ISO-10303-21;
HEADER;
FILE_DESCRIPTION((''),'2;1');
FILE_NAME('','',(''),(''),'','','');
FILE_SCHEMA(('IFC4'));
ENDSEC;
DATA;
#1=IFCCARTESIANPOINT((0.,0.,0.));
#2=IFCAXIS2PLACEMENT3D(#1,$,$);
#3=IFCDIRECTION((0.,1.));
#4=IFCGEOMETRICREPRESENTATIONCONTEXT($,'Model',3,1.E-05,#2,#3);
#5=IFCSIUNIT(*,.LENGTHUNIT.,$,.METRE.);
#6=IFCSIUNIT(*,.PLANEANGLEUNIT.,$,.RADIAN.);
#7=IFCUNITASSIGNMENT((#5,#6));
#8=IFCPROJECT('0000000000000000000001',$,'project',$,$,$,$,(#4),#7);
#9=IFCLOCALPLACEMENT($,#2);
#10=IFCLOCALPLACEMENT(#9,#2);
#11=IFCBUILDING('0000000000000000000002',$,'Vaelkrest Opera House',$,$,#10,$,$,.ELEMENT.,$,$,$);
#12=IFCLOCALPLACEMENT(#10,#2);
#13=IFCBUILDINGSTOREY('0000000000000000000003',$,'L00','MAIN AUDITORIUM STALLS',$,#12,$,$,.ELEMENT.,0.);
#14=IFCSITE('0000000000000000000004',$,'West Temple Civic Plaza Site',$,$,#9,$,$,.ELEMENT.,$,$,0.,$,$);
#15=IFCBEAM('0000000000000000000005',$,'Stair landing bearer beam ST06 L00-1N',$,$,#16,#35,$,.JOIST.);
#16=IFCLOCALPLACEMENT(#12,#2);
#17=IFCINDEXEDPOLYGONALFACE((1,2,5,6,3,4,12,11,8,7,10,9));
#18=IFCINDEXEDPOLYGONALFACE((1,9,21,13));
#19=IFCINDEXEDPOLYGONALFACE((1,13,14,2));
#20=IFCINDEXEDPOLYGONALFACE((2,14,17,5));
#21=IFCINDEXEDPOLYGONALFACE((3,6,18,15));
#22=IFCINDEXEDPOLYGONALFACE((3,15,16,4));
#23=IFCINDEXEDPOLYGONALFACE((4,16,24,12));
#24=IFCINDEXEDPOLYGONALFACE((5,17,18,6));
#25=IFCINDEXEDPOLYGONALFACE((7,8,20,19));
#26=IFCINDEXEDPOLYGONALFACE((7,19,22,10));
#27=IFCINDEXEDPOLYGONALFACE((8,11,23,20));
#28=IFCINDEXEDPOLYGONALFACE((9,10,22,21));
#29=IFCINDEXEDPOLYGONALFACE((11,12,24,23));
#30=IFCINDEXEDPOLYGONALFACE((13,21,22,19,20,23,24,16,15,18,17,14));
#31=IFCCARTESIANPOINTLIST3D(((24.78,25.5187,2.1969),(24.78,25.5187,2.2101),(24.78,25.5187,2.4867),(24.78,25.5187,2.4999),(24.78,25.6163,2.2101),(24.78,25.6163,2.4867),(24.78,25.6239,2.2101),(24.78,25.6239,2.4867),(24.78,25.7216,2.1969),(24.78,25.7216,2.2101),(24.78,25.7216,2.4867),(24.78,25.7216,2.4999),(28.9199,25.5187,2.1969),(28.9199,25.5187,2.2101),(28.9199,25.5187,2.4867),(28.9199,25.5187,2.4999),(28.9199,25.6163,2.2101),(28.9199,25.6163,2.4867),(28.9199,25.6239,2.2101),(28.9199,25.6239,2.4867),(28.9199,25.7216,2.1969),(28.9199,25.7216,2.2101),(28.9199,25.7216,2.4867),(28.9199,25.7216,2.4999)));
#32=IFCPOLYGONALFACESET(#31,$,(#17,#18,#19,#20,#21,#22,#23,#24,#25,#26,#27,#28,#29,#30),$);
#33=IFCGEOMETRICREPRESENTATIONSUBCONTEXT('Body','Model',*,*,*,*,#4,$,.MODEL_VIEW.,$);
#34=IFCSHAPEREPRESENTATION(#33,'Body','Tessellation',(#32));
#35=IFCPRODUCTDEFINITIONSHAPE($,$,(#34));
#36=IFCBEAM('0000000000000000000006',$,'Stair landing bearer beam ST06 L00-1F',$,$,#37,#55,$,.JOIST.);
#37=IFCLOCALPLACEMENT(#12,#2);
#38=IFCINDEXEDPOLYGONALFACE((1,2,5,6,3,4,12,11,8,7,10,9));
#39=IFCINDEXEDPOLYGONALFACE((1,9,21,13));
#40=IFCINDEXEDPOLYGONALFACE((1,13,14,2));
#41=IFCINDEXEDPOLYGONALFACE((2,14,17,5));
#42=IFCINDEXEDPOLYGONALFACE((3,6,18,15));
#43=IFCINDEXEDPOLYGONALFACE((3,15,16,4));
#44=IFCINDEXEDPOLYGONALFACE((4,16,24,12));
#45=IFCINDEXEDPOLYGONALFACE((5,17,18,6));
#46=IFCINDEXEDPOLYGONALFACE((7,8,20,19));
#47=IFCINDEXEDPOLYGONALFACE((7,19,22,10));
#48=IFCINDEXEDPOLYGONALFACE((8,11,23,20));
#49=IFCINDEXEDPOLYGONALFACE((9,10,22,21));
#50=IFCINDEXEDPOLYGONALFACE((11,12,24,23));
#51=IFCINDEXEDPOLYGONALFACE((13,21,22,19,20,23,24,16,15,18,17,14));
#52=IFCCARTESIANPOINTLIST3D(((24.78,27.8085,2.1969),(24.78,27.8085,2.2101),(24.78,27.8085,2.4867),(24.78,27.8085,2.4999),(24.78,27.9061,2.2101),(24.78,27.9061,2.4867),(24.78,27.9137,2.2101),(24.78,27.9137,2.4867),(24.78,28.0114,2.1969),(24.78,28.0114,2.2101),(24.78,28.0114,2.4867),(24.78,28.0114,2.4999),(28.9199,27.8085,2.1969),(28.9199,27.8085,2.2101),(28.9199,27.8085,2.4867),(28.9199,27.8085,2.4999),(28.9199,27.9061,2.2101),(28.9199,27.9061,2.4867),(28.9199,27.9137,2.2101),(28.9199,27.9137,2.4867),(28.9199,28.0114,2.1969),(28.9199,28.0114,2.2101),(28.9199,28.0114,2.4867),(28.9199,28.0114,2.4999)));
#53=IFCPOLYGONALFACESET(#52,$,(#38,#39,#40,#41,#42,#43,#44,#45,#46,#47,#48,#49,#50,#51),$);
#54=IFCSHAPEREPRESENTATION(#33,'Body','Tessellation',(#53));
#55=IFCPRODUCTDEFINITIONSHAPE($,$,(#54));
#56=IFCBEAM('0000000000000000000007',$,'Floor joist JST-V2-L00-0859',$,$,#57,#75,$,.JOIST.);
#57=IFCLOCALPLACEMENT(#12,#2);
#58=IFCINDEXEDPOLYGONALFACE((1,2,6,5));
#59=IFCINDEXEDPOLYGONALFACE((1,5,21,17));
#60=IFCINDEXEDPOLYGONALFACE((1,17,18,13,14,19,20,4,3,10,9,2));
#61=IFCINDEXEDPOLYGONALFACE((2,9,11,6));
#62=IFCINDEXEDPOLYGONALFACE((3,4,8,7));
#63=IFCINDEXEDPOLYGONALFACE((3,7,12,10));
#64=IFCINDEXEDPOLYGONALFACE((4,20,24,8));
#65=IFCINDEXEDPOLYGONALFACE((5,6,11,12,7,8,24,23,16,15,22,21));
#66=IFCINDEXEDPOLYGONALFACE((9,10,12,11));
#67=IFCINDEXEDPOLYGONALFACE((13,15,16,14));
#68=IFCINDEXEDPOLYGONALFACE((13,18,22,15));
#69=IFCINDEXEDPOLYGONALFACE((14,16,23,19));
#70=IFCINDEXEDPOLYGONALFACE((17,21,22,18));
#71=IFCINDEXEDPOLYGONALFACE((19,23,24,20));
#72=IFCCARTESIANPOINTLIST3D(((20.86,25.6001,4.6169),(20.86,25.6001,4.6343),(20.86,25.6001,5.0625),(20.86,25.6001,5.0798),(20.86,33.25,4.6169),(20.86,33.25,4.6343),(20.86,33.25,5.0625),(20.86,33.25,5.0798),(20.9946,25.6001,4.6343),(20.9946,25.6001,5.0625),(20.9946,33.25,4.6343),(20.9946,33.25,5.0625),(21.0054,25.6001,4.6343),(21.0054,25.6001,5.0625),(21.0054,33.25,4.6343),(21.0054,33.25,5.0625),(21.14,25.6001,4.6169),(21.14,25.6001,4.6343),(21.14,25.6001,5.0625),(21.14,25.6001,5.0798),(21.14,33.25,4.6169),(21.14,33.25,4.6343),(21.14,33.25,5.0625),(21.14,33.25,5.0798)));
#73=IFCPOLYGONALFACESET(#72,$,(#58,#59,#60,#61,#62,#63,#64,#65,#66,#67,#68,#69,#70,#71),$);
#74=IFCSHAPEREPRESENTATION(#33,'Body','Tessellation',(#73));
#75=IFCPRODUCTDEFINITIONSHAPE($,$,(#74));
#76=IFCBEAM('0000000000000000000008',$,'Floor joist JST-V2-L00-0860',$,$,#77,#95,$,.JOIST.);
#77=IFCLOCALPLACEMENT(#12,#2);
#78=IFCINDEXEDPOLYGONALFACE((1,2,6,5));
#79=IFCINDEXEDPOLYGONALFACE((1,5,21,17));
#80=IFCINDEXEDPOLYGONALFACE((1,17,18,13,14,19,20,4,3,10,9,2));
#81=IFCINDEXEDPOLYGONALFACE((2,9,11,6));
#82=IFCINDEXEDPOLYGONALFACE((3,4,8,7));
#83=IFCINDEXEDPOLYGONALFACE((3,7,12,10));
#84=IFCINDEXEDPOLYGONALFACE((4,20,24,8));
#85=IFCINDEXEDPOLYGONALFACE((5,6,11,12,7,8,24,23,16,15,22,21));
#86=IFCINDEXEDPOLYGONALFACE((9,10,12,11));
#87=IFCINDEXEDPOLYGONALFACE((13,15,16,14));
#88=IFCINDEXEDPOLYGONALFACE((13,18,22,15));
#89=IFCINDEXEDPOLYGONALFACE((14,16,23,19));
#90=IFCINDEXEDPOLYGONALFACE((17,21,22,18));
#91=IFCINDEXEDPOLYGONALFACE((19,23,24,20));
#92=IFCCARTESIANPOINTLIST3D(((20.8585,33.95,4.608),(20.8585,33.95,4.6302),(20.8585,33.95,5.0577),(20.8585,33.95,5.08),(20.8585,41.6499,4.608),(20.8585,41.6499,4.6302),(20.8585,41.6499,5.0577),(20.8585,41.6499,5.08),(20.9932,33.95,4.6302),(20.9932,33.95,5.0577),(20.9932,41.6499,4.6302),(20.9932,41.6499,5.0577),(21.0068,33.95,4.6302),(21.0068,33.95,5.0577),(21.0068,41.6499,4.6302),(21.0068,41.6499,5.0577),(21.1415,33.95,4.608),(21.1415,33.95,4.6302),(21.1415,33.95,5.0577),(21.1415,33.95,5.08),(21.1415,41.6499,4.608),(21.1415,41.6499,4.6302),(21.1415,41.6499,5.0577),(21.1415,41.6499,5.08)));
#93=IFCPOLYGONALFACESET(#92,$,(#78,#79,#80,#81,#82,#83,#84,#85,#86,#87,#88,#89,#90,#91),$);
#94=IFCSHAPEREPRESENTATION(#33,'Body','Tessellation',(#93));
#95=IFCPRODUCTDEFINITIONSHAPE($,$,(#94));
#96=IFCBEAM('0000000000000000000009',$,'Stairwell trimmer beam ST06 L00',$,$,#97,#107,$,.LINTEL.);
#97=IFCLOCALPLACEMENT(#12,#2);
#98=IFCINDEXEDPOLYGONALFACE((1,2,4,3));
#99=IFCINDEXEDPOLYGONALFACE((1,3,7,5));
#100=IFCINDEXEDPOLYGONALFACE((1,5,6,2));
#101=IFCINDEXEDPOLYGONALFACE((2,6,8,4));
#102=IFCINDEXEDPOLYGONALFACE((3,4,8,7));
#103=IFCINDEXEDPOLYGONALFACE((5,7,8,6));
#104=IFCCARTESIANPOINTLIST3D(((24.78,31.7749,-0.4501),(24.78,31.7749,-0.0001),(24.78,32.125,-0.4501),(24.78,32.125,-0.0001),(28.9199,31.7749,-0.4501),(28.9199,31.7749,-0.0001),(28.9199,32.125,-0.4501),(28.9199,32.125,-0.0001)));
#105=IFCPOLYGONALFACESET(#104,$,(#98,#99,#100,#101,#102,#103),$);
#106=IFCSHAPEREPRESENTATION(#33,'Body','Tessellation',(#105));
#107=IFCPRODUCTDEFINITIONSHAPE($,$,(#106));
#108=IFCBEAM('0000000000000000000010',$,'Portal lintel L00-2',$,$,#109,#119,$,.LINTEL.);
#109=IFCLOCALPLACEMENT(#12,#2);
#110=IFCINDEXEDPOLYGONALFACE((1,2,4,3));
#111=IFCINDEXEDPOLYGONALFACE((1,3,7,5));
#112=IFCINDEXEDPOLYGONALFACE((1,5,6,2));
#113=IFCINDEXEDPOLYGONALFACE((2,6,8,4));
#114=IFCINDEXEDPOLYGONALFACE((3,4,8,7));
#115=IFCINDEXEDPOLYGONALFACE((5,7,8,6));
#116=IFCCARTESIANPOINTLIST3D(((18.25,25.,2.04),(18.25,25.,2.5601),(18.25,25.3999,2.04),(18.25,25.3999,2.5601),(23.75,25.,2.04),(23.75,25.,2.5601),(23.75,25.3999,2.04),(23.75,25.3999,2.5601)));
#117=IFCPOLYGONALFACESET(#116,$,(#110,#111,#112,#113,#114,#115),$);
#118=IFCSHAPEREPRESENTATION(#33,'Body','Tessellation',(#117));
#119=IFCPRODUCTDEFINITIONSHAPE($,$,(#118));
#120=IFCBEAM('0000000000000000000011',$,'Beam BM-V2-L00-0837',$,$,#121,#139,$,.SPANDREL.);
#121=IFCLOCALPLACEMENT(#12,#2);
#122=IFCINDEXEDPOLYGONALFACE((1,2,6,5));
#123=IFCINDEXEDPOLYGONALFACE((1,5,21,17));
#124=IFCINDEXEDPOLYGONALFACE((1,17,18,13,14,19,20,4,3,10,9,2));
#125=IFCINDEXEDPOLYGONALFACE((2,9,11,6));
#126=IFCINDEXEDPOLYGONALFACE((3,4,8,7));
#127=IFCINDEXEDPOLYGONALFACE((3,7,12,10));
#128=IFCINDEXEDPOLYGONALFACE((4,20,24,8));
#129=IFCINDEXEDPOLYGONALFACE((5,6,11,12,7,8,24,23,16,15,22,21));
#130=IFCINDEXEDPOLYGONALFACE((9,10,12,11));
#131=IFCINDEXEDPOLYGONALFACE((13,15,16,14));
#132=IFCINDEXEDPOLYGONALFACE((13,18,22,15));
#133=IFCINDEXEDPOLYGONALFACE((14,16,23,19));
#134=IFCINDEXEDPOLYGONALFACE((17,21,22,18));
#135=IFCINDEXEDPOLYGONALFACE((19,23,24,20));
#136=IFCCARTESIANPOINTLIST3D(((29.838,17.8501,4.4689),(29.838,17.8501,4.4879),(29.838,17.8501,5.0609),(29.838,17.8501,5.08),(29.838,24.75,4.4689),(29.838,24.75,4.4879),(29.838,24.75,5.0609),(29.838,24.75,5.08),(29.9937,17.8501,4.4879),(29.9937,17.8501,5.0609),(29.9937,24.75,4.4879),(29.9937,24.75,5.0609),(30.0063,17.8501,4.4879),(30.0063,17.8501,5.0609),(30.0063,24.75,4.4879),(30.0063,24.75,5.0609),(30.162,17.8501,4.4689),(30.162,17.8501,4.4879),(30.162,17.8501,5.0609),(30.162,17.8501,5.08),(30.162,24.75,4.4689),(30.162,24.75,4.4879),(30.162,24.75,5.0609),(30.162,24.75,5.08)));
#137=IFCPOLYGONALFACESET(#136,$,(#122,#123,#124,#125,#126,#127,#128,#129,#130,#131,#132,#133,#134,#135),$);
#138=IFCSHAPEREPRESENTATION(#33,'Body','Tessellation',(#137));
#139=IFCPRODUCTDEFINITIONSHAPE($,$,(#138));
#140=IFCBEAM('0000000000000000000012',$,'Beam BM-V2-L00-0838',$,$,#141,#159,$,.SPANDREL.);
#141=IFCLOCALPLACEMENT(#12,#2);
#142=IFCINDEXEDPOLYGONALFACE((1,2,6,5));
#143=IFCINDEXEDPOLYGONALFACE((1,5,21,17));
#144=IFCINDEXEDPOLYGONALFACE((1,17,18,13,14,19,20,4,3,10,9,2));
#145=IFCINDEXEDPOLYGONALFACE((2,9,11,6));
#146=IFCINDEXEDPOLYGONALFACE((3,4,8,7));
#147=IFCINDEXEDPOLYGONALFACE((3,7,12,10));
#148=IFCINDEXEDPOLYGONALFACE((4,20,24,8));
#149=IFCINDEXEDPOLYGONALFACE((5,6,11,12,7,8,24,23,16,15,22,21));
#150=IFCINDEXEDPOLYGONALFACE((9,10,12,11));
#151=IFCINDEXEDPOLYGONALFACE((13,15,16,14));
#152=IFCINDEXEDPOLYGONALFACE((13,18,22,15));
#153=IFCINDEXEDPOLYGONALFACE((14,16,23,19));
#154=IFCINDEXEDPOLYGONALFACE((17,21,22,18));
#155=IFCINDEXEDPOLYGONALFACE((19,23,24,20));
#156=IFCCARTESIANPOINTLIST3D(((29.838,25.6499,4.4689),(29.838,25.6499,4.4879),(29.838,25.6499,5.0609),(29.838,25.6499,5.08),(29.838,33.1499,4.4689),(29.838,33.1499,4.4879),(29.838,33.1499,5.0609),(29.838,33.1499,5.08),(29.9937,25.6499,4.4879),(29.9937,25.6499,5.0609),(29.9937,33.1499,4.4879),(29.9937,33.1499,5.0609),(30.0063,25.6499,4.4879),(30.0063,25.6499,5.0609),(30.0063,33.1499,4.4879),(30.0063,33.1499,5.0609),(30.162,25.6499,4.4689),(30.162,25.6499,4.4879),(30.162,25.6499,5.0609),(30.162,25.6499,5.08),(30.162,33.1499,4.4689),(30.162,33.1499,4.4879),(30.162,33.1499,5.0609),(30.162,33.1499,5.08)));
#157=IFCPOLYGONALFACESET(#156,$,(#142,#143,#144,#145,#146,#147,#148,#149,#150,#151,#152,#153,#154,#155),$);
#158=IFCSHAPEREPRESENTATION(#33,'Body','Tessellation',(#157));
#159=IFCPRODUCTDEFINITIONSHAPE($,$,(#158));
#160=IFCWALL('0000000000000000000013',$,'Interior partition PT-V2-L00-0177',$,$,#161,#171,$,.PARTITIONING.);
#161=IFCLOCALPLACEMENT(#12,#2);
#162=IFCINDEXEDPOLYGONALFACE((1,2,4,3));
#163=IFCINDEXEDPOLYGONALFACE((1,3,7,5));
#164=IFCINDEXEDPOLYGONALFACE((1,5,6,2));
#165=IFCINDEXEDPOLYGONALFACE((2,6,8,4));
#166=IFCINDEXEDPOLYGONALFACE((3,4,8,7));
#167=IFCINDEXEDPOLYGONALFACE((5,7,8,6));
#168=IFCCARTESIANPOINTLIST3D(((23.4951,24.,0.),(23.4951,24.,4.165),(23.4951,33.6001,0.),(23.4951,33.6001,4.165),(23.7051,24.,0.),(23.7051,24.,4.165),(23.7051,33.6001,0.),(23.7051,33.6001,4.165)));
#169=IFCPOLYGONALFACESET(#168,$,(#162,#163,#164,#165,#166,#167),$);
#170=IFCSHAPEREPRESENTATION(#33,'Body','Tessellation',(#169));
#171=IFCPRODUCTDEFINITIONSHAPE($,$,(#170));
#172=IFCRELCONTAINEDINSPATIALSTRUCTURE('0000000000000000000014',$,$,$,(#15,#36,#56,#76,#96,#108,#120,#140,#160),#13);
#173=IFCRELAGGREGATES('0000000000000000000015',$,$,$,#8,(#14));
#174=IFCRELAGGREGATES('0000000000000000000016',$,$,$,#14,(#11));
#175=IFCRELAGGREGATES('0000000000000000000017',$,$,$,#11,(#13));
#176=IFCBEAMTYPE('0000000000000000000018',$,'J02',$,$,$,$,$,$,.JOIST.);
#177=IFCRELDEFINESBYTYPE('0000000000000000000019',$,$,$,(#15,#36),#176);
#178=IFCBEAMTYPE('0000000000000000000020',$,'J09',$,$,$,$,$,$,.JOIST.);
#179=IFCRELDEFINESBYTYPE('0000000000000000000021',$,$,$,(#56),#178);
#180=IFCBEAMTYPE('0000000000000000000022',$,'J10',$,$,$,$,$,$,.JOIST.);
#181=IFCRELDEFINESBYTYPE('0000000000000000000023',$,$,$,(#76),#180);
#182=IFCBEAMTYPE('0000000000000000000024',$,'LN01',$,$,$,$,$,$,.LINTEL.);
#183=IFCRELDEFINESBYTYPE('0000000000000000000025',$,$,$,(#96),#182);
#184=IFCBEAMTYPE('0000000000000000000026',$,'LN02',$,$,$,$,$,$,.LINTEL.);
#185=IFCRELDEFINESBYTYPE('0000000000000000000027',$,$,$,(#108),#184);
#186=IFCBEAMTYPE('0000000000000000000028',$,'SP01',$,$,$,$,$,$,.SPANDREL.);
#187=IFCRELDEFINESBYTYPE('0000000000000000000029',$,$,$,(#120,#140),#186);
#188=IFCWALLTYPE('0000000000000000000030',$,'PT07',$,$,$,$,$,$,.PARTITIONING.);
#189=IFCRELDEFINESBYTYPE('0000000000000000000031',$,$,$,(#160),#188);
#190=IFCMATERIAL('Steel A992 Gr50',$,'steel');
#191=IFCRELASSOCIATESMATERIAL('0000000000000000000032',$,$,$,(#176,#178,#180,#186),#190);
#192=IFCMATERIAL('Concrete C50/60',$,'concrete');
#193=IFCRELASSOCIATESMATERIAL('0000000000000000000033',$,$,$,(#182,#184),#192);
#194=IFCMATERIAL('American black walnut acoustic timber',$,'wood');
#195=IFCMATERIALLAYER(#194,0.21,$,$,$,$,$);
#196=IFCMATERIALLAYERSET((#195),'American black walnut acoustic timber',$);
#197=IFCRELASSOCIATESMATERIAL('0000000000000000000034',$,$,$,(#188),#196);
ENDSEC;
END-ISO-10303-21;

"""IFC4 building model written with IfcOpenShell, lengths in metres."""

from ifc_helpers import new_model, si_unit, direction, frame, frame_2d, origin, origin_2d, place, context, subcontext, project, spatial, rectangle, i_section, extrude, material, layer, layer_set, material_profile, profile_set, type_object, element, save


model = new_model("IFC4")

# Units and contexts
model_context = context("Model", 3, precision=1e-05, world=origin(), true_north=direction((0.0, 1.0)))
body_context = subcontext(model_context, "Body", "Model", "MODEL_VIEW")
ifc_project = project(units=[si_unit("LENGTHUNIT", "METRE"), si_unit("PLANEANGLEUNIT", "RADIAN")], contexts=[model_context])

# Site, building, storey
site_placement = place(None, origin())
site = spatial("IfcSite", under=ifc_project, at=site_placement, Name="West Temple Civic Plaza Site", CompositionType="ELEMENT", RefElevation=0.0)
building_placement = place(site_placement, origin())
building = spatial("IfcBuilding", under=site, at=building_placement, Name="Vaelkrest Opera House", CompositionType="ELEMENT")
storey_placement = place(building_placement, origin())
storey = spatial("IfcBuildingStorey", under=building, at=storey_placement, Name="L00", Description="MAIN AUDITORIUM STALLS", CompositionType="ELEMENT", Elevation=0.0)

# Shared definitions
ifc_material_1 = material(Name="Concrete C50/60", Category="concrete")

# Beams
ifc_material_2 = material(Name="Steel A992 Gr50", Category="steel")
ifc_material_profile_1 = material_profile(ifc_material_2, i_section(OverallWidth=0.2029, OverallDepth=0.303, WebThickness=0.0076, FlangeThickness=0.0132, at=origin_2d()), Name="W12X40")
ifc_profile_set_1 = profile_set([ifc_material_profile_1], Name="Steel A992 Gr50")
beam_type_1 = type_object("IfcBeamType", Name="J02", PredefinedType="JOIST", material=ifc_profile_set_1)
for number, where, z_axis, x_axis, name in (
    (1, (24.78, 25.6201, 2.3484), (1.0, 0.0, 0.0), (0.0, 1.0, 0.0), "Stair landing bearer beam ST06 L00-1N"),
    (2, (24.78, 27.9099, 2.3484), (1.0, 0.0, 0.0), (0.0, 1.0, 0.0), "Stair landing bearer beam ST06 L00-1F"),
):
    element("IfcBeam", number, at=place(storey_placement, frame(where, z_axis=z_axis, x_axis=x_axis)), inside=storey, type_object=beam_type_1, Name=name, PredefinedType="JOIST", context=body_context, shape_type="SweptSolid", body=[
        extrude(i_section(OverallWidth=0.2029, OverallDepth=0.303, WebThickness=0.0076, FlangeThickness=0.0132, at=origin_2d()), origin(), (0.0, 0.0, 1.0), 4.1399),
    ])
ifc_material_profile_2 = material_profile(ifc_material_2, i_section(OverallWidth=0.28, OverallDepth=0.4629, WebThickness=0.0107, FlangeThickness=0.0173, at=origin_2d()), Name="W18X76")
ifc_profile_set_2 = profile_set([ifc_material_profile_2], Name="Steel A992 Gr50")
beam_type_2 = type_object("IfcBeamType", Name="J09", PredefinedType="JOIST", material=ifc_profile_set_2)
beam_1_placement = place(storey_placement, frame((21.0, 25.6001, 4.8484), z_axis=(0.0, 1.0, 0.0), x_axis=(-1.0, 0.0, 0.0)))
element("IfcBeam", 3, at=beam_1_placement, inside=storey, type_object=beam_type_2, Name="Floor joist JST-V2-L00-0859", PredefinedType="JOIST", context=body_context, shape_type="SweptSolid", body=[
    extrude(i_section(OverallWidth=0.28, OverallDepth=0.4629, WebThickness=0.0107, FlangeThickness=0.0173, at=origin_2d()), origin(), (0.0, 0.0, 1.0), 7.6499),
])
ifc_material_profile_3 = material_profile(ifc_material_2, i_section(OverallWidth=0.283, OverallDepth=0.4719, WebThickness=0.0137, FlangeThickness=0.0222, at=origin_2d()), Name="W18X97")
ifc_profile_set_3 = profile_set([ifc_material_profile_3], Name="Steel A992 Gr50")
beam_type_3 = type_object("IfcBeamType", Name="J10", PredefinedType="JOIST", material=ifc_profile_set_3)
beam_2_placement = place(storey_placement, frame((21.0, 33.95, 4.844), z_axis=(0.0, 1.0, 0.0), x_axis=(-1.0, 0.0, 0.0)))
element("IfcBeam", 4, at=beam_2_placement, inside=storey, type_object=beam_type_3, Name="Floor joist JST-V2-L00-0860", PredefinedType="JOIST", context=body_context, shape_type="SweptSolid", body=[
    extrude(i_section(OverallWidth=0.283, OverallDepth=0.4719, WebThickness=0.0137, FlangeThickness=0.0222, at=origin_2d()), origin(), (0.0, 0.0, 1.0), 7.7),
])
ifc_material_profile_4 = material_profile(ifc_material_1, rectangle(XDim=0.3501, YDim=0.45, at=origin_2d()), Name="RCB350X450")
ifc_profile_set_4 = profile_set([ifc_material_profile_4], Name="Concrete C50/60")
beam_type_4 = type_object("IfcBeamType", Name="LN01", PredefinedType="LINTEL", material=ifc_profile_set_4)
beam_3_placement = place(storey_placement, frame((24.78, 31.95, -0.2251), z_axis=(1.0, 0.0, 0.0), x_axis=(0.0, 1.0, 0.0)))
element("IfcBeam", 5, at=beam_3_placement, inside=storey, type_object=beam_type_4, Name="Stairwell trimmer beam ST06 L00", PredefinedType="LINTEL", context=body_context, shape_type="SweptSolid", body=[
    extrude(rectangle(XDim=0.3501, YDim=0.45, at=origin_2d()), origin(), (0.0, 0.0, 1.0), 4.1399),
])
ifc_material_profile_5 = material_profile(ifc_material_1, rectangle(XDim=0.3999, YDim=0.52, at=origin_2d()), Name="RCB400X520")
ifc_profile_set_5 = profile_set([ifc_material_profile_5], Name="Concrete C50/60")
beam_type_5 = type_object("IfcBeamType", Name="LN02", PredefinedType="LINTEL", material=ifc_profile_set_5)
beam_4_placement = place(storey_placement, frame((18.25, 25.2, 2.3), z_axis=(1.0, 0.0, 0.0), x_axis=(0.0, 1.0, 0.0)))
element("IfcBeam", 6, at=beam_4_placement, inside=storey, type_object=beam_type_5, Name="Portal lintel L00-2", PredefinedType="LINTEL", context=body_context, shape_type="SweptSolid", body=[
    extrude(rectangle(XDim=0.3999, YDim=0.52, at=origin_2d()), origin(), (0.0, 0.0, 1.0), 5.5),
])
ifc_material_profile_6 = material_profile(ifc_material_2, i_section(OverallWidth=0.324, OverallDepth=0.6111, WebThickness=0.0127, FlangeThickness=0.019, at=origin_2d()), Name="W24X104")
ifc_profile_set_6 = profile_set([ifc_material_profile_6], Name="Steel A992 Gr50")
beam_type_6 = type_object("IfcBeamType", Name="SP01", PredefinedType="SPANDREL", material=ifc_profile_set_6)
beam_5_placement = place(storey_placement, frame((30.0, 17.8501, 4.7744), z_axis=(0.0, 1.0, 0.0), x_axis=(-1.0, 0.0, 0.0)))
element("IfcBeam", 7, at=beam_5_placement, inside=storey, type_object=beam_type_6, Name="Beam BM-V2-L00-0837", PredefinedType="SPANDREL", context=body_context, shape_type="SweptSolid", body=[
    extrude(i_section(OverallWidth=0.324, OverallDepth=0.6111, WebThickness=0.0127, FlangeThickness=0.019, at=origin_2d()), origin(), (0.0, 0.0, 1.0), 6.8999),
])
beam_6_placement = place(storey_placement, frame((30.0, 25.6499, 4.7744), z_axis=(0.0, 1.0, 0.0), x_axis=(-1.0, 0.0, 0.0)))
element("IfcBeam", 8, at=beam_6_placement, inside=storey, type_object=beam_type_6, Name="Beam BM-V2-L00-0838", PredefinedType="SPANDREL", context=body_context, shape_type="SweptSolid", body=[
    extrude(i_section(OverallWidth=0.324, OverallDepth=0.6111, WebThickness=0.0127, FlangeThickness=0.019, at=origin_2d()), origin(), (0.0, 0.0, 1.0), 7.5),
])

# Wall
ifc_material_3 = material(Name="American black walnut acoustic timber", Category="wood")
ifc_layer_1 = layer(ifc_material_3, 0.21)
ifc_layer_set_1 = layer_set([ifc_layer_1], Name="American black walnut acoustic timber")
wall_type_1 = type_object("IfcWallType", Name="PT07", PredefinedType="PARTITIONING", material=ifc_layer_set_1)
wall_1_placement = place(storey_placement, frame((23.6001, 24.0, 0.0), z_axis=(0.0, 0.0, 1.0), x_axis=(0.0, 1.0, 0.0)))
element("IfcWall", 9, at=wall_1_placement, inside=storey, type_object=wall_type_1, Name="Interior partition PT-V2-L00-0177", PredefinedType="PARTITIONING", context=body_context, shape_type="SweptSolid", body=[
    extrude(rectangle(XDim=9.6001, YDim=0.21, at=frame_2d((4.8, 0.0))), origin(), (0.0, 0.0, 1.0), 4.165),
])

save(model, "model.ifc")
